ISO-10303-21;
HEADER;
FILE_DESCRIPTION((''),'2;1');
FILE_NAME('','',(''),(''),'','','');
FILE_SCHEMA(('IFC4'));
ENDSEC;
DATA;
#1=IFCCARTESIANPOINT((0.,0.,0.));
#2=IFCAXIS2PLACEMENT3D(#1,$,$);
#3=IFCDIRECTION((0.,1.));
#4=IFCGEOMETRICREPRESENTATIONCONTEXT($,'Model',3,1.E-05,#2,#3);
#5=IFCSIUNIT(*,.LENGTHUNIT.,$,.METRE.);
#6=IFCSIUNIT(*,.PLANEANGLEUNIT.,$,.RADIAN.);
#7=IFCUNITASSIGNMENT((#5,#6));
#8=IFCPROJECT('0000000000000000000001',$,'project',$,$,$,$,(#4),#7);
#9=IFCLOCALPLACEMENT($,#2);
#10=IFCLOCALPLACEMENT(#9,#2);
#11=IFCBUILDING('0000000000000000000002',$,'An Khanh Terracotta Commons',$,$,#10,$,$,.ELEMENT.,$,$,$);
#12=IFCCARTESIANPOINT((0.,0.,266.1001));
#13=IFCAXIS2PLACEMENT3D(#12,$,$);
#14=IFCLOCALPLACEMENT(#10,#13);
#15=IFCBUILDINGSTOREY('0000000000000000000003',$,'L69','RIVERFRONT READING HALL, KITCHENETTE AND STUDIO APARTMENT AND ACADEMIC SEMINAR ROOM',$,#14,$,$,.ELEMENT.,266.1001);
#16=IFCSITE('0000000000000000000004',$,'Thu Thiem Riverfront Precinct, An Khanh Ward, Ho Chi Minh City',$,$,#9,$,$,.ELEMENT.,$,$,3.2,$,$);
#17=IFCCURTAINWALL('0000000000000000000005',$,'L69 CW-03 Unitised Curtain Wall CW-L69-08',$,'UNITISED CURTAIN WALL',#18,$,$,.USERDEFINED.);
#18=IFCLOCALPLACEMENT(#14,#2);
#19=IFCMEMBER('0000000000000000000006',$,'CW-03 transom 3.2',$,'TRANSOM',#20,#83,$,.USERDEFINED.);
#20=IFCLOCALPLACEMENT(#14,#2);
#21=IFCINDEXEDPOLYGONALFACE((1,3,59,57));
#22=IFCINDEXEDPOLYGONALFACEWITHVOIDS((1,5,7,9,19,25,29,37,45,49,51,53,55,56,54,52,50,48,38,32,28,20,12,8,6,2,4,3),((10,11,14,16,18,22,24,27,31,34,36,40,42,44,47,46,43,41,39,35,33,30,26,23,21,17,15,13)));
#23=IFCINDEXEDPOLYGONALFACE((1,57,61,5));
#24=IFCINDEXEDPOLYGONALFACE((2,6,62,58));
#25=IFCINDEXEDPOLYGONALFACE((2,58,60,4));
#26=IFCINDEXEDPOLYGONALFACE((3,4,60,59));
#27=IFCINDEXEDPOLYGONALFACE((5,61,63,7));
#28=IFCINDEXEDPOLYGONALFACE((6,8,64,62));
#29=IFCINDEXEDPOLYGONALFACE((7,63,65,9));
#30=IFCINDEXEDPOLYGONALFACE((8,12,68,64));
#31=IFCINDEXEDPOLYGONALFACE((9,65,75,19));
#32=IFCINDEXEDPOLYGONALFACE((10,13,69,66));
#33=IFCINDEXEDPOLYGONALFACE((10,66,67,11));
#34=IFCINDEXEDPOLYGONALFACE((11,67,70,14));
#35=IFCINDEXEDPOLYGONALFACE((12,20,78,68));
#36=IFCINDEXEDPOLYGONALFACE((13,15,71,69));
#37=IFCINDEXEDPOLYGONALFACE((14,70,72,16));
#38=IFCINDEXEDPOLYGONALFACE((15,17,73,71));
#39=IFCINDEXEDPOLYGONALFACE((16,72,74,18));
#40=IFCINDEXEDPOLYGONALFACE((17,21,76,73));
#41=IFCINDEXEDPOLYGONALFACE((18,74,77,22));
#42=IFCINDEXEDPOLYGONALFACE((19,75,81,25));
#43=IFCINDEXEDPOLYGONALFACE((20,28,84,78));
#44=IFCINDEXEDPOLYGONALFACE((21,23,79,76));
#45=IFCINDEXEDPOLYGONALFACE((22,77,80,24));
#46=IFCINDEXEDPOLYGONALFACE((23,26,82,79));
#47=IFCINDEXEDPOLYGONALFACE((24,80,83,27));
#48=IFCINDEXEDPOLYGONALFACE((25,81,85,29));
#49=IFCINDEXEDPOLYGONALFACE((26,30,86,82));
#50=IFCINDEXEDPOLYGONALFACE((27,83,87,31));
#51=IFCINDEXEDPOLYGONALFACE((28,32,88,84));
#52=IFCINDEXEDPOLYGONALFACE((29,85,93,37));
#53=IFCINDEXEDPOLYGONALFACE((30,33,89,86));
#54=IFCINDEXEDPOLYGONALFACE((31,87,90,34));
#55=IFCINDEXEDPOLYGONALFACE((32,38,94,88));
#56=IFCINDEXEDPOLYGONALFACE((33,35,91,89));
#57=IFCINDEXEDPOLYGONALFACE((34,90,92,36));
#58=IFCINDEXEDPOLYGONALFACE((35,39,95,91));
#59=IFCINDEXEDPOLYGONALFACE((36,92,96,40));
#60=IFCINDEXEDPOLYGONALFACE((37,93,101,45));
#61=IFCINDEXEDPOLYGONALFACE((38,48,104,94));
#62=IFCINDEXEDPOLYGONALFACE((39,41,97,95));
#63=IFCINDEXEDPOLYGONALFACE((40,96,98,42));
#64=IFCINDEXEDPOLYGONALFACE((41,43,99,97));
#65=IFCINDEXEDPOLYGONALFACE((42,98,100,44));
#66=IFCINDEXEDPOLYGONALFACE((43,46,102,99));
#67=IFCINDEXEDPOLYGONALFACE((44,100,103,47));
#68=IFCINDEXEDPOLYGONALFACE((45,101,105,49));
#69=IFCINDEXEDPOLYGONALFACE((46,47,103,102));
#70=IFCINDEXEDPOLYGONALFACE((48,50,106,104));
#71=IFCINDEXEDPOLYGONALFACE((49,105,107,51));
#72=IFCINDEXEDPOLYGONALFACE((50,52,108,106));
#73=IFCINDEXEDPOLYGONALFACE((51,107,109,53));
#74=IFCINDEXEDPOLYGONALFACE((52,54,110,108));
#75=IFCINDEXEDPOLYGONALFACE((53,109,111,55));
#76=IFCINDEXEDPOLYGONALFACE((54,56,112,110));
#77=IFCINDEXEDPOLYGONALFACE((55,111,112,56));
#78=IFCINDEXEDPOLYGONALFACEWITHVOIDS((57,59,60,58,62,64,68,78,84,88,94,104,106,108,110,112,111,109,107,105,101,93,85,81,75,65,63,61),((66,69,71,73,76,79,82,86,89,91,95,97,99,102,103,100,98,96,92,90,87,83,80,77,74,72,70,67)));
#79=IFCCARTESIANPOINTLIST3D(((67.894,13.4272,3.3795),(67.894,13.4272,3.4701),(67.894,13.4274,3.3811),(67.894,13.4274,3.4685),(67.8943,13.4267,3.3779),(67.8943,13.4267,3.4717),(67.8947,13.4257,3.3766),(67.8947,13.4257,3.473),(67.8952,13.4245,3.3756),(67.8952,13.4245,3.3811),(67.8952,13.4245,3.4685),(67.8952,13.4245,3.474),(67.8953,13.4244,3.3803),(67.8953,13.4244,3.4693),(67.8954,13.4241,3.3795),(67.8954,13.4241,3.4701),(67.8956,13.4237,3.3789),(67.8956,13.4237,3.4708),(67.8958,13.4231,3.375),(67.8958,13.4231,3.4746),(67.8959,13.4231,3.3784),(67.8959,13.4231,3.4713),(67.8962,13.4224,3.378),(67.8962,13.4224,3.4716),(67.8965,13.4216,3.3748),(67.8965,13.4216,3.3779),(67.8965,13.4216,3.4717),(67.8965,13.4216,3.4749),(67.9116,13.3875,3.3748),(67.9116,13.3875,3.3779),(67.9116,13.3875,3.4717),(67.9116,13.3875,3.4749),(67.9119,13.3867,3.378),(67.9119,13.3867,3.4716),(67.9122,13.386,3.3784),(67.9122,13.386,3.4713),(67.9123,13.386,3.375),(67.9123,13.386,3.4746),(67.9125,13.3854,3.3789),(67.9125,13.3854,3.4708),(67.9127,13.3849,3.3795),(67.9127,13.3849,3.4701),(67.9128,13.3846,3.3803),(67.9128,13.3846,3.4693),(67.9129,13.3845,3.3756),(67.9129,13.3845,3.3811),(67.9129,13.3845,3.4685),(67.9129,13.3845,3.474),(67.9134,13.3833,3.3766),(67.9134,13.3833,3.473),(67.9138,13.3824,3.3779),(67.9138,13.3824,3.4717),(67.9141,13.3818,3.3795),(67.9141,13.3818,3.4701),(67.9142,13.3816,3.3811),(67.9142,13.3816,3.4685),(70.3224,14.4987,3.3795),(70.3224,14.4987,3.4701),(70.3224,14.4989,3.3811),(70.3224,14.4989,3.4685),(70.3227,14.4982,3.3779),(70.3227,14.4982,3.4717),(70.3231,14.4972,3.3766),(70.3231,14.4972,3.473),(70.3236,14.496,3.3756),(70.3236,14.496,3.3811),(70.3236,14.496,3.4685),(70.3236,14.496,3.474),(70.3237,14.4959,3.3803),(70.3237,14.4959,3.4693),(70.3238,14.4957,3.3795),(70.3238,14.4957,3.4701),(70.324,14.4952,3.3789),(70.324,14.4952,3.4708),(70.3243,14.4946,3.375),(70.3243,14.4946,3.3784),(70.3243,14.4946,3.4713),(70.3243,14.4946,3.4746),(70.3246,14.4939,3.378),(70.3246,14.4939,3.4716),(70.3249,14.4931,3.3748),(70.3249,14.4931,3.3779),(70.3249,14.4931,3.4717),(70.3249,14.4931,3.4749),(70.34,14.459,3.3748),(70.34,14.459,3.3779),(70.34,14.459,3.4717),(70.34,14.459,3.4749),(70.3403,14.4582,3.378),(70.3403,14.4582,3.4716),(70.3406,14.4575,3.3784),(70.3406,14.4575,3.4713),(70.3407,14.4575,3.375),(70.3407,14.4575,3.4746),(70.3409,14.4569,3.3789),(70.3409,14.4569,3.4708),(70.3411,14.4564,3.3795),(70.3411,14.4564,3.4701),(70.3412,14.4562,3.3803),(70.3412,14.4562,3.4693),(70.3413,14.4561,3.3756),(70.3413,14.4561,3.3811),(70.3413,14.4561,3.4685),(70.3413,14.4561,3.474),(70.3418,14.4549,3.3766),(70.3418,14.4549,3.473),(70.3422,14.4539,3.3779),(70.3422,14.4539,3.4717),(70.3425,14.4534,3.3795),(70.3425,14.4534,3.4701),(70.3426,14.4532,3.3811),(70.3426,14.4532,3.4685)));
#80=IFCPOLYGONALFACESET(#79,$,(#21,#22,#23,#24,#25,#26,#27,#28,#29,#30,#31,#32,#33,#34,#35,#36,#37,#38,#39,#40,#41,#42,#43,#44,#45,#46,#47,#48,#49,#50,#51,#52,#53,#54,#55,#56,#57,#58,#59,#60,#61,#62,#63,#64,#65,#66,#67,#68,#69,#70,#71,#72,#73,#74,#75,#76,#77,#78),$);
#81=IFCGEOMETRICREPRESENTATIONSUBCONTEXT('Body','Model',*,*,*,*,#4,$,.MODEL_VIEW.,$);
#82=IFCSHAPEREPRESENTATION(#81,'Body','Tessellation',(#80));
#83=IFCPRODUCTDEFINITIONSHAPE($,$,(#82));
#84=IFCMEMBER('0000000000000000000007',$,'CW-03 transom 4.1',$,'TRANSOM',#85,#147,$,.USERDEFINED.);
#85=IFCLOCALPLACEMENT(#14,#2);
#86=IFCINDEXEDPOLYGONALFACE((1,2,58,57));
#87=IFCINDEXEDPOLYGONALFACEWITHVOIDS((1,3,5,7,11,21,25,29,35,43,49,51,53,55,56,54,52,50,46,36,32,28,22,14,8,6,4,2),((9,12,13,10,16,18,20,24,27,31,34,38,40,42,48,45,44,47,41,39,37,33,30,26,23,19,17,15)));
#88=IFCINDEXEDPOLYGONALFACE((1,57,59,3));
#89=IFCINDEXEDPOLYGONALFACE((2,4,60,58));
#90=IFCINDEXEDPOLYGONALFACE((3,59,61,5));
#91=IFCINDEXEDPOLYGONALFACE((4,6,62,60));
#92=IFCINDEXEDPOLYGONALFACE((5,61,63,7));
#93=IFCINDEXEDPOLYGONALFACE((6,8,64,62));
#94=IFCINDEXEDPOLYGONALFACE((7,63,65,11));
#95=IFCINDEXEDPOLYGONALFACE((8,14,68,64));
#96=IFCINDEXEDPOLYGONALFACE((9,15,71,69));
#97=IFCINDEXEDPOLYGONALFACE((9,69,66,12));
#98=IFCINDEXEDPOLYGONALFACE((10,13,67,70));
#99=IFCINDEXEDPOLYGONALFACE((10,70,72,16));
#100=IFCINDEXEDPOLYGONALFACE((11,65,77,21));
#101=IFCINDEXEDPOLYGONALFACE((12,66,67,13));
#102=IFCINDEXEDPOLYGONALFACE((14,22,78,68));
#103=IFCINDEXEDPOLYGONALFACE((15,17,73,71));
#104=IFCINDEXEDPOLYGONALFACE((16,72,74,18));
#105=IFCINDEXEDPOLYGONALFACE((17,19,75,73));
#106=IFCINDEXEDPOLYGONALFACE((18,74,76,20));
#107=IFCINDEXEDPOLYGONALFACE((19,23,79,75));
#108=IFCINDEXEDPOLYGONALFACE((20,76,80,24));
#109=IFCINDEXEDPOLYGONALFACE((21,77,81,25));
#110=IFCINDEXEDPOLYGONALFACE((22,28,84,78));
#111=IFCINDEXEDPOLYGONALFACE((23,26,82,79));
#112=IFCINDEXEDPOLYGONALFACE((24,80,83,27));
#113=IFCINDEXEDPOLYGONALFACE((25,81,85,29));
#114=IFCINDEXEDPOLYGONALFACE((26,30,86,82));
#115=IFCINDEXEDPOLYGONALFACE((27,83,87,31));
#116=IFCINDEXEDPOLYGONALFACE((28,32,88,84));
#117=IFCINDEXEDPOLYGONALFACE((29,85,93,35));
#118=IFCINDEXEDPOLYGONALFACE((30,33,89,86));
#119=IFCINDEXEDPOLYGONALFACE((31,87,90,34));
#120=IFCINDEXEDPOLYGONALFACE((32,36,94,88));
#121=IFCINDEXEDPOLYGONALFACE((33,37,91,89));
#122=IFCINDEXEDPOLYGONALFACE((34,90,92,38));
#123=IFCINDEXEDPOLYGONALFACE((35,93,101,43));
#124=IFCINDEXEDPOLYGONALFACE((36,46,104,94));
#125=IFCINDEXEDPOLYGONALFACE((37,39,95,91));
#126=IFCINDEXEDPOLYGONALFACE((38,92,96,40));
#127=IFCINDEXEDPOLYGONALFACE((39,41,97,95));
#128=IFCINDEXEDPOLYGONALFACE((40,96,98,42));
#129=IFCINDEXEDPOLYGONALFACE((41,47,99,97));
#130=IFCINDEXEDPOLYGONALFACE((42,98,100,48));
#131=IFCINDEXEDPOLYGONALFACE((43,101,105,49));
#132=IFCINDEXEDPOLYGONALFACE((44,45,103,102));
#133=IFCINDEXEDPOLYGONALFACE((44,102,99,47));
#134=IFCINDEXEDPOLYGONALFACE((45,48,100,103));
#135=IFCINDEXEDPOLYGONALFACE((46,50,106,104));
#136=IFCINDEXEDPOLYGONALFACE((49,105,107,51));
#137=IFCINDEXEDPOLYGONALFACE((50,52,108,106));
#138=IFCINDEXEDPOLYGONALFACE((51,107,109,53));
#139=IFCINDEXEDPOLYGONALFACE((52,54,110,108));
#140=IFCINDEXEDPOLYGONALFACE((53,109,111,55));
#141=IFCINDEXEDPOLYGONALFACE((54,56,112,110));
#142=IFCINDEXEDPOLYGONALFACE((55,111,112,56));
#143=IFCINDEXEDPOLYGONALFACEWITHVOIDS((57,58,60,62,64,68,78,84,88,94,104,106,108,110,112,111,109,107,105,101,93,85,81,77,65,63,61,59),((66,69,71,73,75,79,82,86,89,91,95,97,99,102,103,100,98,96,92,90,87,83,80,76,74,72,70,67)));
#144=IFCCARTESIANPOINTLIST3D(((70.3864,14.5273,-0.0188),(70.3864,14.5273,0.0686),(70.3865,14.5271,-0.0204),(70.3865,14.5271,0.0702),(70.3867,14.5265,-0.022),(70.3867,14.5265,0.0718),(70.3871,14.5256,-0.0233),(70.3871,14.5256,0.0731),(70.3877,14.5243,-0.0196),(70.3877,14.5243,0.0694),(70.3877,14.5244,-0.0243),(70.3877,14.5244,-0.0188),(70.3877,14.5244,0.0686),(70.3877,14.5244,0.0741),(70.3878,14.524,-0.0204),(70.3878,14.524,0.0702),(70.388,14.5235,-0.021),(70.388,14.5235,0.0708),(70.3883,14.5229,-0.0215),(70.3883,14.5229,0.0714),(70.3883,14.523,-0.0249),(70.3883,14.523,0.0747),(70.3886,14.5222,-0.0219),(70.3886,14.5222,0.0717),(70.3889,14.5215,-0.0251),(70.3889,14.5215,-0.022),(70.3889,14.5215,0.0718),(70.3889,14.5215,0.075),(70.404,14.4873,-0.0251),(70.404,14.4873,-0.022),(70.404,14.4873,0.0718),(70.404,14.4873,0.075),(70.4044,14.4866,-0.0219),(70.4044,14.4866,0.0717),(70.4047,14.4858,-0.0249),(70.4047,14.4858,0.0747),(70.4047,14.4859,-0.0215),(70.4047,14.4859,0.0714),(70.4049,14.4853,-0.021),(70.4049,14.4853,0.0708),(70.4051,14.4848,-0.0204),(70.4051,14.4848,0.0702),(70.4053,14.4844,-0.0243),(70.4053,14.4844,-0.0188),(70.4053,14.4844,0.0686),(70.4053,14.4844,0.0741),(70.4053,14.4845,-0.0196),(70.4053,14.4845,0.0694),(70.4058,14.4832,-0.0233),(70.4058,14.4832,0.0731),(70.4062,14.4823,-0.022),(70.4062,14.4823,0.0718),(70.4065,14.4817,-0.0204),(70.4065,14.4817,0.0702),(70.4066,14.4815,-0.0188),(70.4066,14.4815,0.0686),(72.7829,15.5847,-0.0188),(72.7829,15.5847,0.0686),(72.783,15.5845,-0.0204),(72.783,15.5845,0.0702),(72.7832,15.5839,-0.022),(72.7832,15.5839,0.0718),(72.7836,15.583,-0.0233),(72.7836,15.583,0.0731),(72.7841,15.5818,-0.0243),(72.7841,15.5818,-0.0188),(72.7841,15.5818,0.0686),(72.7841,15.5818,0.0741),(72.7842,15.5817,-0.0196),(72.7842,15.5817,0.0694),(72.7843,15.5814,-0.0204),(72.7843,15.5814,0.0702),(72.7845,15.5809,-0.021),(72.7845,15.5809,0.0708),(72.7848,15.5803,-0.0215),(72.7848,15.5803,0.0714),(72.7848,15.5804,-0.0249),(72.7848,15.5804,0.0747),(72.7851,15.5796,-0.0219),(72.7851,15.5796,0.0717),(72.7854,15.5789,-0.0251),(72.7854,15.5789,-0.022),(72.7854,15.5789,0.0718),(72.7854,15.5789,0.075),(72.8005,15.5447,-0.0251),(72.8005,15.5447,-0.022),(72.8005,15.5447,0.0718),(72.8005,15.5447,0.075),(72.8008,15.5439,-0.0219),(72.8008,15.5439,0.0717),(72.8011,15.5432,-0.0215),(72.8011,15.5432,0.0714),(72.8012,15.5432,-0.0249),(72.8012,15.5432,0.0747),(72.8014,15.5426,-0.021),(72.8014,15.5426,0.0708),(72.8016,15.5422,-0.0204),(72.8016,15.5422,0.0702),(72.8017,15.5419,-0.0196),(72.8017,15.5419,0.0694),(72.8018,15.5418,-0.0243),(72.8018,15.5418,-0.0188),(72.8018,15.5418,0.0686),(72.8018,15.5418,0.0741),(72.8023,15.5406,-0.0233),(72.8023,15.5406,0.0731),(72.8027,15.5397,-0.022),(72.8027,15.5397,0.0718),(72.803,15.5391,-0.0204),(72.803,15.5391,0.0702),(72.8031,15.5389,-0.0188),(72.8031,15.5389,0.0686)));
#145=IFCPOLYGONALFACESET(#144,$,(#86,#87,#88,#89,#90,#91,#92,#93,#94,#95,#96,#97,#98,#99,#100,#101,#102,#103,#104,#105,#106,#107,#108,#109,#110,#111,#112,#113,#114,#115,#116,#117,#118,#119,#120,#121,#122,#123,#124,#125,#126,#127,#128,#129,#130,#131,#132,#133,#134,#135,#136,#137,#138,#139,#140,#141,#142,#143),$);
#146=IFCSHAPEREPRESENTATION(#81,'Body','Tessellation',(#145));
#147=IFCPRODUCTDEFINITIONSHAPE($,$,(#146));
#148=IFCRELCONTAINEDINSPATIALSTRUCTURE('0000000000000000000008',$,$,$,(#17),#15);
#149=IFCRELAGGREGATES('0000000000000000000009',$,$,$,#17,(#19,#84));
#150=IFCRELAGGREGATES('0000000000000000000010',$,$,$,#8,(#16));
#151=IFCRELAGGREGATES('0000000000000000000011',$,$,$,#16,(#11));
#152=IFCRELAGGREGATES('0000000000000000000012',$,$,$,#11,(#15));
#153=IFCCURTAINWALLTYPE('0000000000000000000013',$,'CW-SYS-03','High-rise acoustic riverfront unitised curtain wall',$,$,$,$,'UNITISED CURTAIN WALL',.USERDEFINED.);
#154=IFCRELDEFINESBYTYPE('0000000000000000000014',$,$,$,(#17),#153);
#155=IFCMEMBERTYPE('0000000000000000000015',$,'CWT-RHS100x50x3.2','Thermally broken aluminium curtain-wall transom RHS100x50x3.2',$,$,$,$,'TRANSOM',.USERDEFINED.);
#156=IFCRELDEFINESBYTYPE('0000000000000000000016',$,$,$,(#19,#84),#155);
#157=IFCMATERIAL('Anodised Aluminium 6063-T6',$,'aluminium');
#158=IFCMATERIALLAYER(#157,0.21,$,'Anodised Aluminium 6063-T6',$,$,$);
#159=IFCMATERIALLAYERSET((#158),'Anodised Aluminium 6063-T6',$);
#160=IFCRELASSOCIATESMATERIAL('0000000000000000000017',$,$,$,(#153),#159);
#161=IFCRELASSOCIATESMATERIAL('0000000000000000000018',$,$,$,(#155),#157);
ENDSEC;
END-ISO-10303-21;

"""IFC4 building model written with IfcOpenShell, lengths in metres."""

from ifc_helpers import new_model, si_unit, direction, frame, origin, origin_2d, place, context, subcontext, project, spatial, hollow_rectangle, extrude, material, layer, layer_set, material_profile, profile_set, type_object, element, aggregate, save


model = new_model("IFC4")

# Units and contexts
model_context = context("Model", 3, precision=1e-05, world=origin(), true_north=direction((0.0, 1.0)))
body_context = subcontext(model_context, "Body", "Model", "MODEL_VIEW")
ifc_project = project(units=[si_unit("LENGTHUNIT", "METRE"), si_unit("PLANEANGLEUNIT", "RADIAN")], contexts=[model_context])

# Site, building, storey
site_placement = place(None, origin())
site = spatial("IfcSite", under=ifc_project, at=site_placement, Name="Thu Thiem Riverfront Precinct, An Khanh Ward, Ho Chi Minh City", CompositionType="ELEMENT", RefElevation=3.2)
building_placement = place(site_placement, origin())
building = spatial("IfcBuilding", under=site, at=building_placement, Name="An Khanh Terracotta Commons", CompositionType="ELEMENT")
storey_placement = place(building_placement, frame((0.0, 0.0, 266.1001)))
storey = spatial("IfcBuildingStorey", under=building, at=storey_placement, Name="L69", Description="RIVERFRONT READING HALL, KITCHENETTE AND STUDIO APARTMENT AND ACADEMIC SEMINAR ROOM", CompositionType="ELEMENT", Elevation=266.1001)

# Curtain wall, members
ifc_material_1 = material(Name="Anodised Aluminium 6063-T6", Category="aluminium")
ifc_layer_1 = layer(ifc_material_1, 0.21, Name="Anodised Aluminium 6063-T6")
ifc_layer_set_1 = layer_set([ifc_layer_1], Name="Anodised Aluminium 6063-T6")
curtain_wall_type_1 = type_object("IfcCurtainWallType", Name="CW-SYS-03", Description="High-rise acoustic riverfront unitised curtain wall", ElementType="UNITISED CURTAIN WALL", PredefinedType="USERDEFINED", material=ifc_layer_set_1)
curtain_wall_1_placement = place(storey_placement, origin())
curtain_wall_1 = element("IfcCurtainWall", 1, at=curtain_wall_1_placement, inside=storey, type_object=curtain_wall_type_1, Name="L69 CW-03 Unitised Curtain Wall CW-L69-08", ObjectType="UNITISED CURTAIN WALL", PredefinedType="USERDEFINED")
ifc_material_profile_1 = material_profile(ifc_material_1, hollow_rectangle(XDim=0.05, YDim=0.1001, WallThickness=0.0032, InnerFilletRadius=0.0032, OuterFilletRadius=0.0063, at=origin_2d()), Name="RHS100x50x3.2")
ifc_profile_set_1 = profile_set([ifc_material_profile_1], Name="Anodised Aluminium 6063-T6")
member_type_1 = type_object("IfcMemberType", Name="CWT-RHS100x50x3.2", Description="Thermally broken aluminium curtain-wall transom RHS100x50x3.2", ElementType="TRANSOM", PredefinedType="USERDEFINED", material=ifc_profile_set_1)
member_1_placement = place(storey_placement, frame((67.9041, 13.4045, 3.4248), z_axis=(0.914897, 0.403688, 0.0), x_axis=(-0.403688, 0.914897, 0.0)))
member_1 = element("IfcMember", 2, at=member_1_placement, type_object=member_type_1, Name="CW-03 transom 3.2", ObjectType="TRANSOM", PredefinedType="USERDEFINED", context=body_context, shape_type="SweptSolid", body=[
    extrude(hollow_rectangle(XDim=0.05, YDim=0.1001, WallThickness=0.0032, InnerFilletRadius=0.0032, OuterFilletRadius=0.0063, at=origin_2d()), origin(), (0.0, 0.0, 1.0), 2.6543),
])
member_2_placement = place(storey_placement, frame((70.3965, 14.5044, 0.0249), z_axis=(0.914904, 0.403672, 0.0), x_axis=(-0.403672, 0.914904, 0.0)))
member_2 = element("IfcMember", 3, at=member_2_placement, type_object=member_type_1, Name="CW-03 transom 4.1", ObjectType="TRANSOM", PredefinedType="USERDEFINED", context=body_context, shape_type="SweptSolid", body=[
    extrude(hollow_rectangle(XDim=0.05, YDim=0.1001, WallThickness=0.0032, InnerFilletRadius=0.0032, OuterFilletRadius=0.0063, at=origin_2d()), origin(), (0.0, 0.0, 1.0), 2.6194),
])

aggregate(curtain_wall_1, [member_1, member_2])

save(model, "model.ifc")
